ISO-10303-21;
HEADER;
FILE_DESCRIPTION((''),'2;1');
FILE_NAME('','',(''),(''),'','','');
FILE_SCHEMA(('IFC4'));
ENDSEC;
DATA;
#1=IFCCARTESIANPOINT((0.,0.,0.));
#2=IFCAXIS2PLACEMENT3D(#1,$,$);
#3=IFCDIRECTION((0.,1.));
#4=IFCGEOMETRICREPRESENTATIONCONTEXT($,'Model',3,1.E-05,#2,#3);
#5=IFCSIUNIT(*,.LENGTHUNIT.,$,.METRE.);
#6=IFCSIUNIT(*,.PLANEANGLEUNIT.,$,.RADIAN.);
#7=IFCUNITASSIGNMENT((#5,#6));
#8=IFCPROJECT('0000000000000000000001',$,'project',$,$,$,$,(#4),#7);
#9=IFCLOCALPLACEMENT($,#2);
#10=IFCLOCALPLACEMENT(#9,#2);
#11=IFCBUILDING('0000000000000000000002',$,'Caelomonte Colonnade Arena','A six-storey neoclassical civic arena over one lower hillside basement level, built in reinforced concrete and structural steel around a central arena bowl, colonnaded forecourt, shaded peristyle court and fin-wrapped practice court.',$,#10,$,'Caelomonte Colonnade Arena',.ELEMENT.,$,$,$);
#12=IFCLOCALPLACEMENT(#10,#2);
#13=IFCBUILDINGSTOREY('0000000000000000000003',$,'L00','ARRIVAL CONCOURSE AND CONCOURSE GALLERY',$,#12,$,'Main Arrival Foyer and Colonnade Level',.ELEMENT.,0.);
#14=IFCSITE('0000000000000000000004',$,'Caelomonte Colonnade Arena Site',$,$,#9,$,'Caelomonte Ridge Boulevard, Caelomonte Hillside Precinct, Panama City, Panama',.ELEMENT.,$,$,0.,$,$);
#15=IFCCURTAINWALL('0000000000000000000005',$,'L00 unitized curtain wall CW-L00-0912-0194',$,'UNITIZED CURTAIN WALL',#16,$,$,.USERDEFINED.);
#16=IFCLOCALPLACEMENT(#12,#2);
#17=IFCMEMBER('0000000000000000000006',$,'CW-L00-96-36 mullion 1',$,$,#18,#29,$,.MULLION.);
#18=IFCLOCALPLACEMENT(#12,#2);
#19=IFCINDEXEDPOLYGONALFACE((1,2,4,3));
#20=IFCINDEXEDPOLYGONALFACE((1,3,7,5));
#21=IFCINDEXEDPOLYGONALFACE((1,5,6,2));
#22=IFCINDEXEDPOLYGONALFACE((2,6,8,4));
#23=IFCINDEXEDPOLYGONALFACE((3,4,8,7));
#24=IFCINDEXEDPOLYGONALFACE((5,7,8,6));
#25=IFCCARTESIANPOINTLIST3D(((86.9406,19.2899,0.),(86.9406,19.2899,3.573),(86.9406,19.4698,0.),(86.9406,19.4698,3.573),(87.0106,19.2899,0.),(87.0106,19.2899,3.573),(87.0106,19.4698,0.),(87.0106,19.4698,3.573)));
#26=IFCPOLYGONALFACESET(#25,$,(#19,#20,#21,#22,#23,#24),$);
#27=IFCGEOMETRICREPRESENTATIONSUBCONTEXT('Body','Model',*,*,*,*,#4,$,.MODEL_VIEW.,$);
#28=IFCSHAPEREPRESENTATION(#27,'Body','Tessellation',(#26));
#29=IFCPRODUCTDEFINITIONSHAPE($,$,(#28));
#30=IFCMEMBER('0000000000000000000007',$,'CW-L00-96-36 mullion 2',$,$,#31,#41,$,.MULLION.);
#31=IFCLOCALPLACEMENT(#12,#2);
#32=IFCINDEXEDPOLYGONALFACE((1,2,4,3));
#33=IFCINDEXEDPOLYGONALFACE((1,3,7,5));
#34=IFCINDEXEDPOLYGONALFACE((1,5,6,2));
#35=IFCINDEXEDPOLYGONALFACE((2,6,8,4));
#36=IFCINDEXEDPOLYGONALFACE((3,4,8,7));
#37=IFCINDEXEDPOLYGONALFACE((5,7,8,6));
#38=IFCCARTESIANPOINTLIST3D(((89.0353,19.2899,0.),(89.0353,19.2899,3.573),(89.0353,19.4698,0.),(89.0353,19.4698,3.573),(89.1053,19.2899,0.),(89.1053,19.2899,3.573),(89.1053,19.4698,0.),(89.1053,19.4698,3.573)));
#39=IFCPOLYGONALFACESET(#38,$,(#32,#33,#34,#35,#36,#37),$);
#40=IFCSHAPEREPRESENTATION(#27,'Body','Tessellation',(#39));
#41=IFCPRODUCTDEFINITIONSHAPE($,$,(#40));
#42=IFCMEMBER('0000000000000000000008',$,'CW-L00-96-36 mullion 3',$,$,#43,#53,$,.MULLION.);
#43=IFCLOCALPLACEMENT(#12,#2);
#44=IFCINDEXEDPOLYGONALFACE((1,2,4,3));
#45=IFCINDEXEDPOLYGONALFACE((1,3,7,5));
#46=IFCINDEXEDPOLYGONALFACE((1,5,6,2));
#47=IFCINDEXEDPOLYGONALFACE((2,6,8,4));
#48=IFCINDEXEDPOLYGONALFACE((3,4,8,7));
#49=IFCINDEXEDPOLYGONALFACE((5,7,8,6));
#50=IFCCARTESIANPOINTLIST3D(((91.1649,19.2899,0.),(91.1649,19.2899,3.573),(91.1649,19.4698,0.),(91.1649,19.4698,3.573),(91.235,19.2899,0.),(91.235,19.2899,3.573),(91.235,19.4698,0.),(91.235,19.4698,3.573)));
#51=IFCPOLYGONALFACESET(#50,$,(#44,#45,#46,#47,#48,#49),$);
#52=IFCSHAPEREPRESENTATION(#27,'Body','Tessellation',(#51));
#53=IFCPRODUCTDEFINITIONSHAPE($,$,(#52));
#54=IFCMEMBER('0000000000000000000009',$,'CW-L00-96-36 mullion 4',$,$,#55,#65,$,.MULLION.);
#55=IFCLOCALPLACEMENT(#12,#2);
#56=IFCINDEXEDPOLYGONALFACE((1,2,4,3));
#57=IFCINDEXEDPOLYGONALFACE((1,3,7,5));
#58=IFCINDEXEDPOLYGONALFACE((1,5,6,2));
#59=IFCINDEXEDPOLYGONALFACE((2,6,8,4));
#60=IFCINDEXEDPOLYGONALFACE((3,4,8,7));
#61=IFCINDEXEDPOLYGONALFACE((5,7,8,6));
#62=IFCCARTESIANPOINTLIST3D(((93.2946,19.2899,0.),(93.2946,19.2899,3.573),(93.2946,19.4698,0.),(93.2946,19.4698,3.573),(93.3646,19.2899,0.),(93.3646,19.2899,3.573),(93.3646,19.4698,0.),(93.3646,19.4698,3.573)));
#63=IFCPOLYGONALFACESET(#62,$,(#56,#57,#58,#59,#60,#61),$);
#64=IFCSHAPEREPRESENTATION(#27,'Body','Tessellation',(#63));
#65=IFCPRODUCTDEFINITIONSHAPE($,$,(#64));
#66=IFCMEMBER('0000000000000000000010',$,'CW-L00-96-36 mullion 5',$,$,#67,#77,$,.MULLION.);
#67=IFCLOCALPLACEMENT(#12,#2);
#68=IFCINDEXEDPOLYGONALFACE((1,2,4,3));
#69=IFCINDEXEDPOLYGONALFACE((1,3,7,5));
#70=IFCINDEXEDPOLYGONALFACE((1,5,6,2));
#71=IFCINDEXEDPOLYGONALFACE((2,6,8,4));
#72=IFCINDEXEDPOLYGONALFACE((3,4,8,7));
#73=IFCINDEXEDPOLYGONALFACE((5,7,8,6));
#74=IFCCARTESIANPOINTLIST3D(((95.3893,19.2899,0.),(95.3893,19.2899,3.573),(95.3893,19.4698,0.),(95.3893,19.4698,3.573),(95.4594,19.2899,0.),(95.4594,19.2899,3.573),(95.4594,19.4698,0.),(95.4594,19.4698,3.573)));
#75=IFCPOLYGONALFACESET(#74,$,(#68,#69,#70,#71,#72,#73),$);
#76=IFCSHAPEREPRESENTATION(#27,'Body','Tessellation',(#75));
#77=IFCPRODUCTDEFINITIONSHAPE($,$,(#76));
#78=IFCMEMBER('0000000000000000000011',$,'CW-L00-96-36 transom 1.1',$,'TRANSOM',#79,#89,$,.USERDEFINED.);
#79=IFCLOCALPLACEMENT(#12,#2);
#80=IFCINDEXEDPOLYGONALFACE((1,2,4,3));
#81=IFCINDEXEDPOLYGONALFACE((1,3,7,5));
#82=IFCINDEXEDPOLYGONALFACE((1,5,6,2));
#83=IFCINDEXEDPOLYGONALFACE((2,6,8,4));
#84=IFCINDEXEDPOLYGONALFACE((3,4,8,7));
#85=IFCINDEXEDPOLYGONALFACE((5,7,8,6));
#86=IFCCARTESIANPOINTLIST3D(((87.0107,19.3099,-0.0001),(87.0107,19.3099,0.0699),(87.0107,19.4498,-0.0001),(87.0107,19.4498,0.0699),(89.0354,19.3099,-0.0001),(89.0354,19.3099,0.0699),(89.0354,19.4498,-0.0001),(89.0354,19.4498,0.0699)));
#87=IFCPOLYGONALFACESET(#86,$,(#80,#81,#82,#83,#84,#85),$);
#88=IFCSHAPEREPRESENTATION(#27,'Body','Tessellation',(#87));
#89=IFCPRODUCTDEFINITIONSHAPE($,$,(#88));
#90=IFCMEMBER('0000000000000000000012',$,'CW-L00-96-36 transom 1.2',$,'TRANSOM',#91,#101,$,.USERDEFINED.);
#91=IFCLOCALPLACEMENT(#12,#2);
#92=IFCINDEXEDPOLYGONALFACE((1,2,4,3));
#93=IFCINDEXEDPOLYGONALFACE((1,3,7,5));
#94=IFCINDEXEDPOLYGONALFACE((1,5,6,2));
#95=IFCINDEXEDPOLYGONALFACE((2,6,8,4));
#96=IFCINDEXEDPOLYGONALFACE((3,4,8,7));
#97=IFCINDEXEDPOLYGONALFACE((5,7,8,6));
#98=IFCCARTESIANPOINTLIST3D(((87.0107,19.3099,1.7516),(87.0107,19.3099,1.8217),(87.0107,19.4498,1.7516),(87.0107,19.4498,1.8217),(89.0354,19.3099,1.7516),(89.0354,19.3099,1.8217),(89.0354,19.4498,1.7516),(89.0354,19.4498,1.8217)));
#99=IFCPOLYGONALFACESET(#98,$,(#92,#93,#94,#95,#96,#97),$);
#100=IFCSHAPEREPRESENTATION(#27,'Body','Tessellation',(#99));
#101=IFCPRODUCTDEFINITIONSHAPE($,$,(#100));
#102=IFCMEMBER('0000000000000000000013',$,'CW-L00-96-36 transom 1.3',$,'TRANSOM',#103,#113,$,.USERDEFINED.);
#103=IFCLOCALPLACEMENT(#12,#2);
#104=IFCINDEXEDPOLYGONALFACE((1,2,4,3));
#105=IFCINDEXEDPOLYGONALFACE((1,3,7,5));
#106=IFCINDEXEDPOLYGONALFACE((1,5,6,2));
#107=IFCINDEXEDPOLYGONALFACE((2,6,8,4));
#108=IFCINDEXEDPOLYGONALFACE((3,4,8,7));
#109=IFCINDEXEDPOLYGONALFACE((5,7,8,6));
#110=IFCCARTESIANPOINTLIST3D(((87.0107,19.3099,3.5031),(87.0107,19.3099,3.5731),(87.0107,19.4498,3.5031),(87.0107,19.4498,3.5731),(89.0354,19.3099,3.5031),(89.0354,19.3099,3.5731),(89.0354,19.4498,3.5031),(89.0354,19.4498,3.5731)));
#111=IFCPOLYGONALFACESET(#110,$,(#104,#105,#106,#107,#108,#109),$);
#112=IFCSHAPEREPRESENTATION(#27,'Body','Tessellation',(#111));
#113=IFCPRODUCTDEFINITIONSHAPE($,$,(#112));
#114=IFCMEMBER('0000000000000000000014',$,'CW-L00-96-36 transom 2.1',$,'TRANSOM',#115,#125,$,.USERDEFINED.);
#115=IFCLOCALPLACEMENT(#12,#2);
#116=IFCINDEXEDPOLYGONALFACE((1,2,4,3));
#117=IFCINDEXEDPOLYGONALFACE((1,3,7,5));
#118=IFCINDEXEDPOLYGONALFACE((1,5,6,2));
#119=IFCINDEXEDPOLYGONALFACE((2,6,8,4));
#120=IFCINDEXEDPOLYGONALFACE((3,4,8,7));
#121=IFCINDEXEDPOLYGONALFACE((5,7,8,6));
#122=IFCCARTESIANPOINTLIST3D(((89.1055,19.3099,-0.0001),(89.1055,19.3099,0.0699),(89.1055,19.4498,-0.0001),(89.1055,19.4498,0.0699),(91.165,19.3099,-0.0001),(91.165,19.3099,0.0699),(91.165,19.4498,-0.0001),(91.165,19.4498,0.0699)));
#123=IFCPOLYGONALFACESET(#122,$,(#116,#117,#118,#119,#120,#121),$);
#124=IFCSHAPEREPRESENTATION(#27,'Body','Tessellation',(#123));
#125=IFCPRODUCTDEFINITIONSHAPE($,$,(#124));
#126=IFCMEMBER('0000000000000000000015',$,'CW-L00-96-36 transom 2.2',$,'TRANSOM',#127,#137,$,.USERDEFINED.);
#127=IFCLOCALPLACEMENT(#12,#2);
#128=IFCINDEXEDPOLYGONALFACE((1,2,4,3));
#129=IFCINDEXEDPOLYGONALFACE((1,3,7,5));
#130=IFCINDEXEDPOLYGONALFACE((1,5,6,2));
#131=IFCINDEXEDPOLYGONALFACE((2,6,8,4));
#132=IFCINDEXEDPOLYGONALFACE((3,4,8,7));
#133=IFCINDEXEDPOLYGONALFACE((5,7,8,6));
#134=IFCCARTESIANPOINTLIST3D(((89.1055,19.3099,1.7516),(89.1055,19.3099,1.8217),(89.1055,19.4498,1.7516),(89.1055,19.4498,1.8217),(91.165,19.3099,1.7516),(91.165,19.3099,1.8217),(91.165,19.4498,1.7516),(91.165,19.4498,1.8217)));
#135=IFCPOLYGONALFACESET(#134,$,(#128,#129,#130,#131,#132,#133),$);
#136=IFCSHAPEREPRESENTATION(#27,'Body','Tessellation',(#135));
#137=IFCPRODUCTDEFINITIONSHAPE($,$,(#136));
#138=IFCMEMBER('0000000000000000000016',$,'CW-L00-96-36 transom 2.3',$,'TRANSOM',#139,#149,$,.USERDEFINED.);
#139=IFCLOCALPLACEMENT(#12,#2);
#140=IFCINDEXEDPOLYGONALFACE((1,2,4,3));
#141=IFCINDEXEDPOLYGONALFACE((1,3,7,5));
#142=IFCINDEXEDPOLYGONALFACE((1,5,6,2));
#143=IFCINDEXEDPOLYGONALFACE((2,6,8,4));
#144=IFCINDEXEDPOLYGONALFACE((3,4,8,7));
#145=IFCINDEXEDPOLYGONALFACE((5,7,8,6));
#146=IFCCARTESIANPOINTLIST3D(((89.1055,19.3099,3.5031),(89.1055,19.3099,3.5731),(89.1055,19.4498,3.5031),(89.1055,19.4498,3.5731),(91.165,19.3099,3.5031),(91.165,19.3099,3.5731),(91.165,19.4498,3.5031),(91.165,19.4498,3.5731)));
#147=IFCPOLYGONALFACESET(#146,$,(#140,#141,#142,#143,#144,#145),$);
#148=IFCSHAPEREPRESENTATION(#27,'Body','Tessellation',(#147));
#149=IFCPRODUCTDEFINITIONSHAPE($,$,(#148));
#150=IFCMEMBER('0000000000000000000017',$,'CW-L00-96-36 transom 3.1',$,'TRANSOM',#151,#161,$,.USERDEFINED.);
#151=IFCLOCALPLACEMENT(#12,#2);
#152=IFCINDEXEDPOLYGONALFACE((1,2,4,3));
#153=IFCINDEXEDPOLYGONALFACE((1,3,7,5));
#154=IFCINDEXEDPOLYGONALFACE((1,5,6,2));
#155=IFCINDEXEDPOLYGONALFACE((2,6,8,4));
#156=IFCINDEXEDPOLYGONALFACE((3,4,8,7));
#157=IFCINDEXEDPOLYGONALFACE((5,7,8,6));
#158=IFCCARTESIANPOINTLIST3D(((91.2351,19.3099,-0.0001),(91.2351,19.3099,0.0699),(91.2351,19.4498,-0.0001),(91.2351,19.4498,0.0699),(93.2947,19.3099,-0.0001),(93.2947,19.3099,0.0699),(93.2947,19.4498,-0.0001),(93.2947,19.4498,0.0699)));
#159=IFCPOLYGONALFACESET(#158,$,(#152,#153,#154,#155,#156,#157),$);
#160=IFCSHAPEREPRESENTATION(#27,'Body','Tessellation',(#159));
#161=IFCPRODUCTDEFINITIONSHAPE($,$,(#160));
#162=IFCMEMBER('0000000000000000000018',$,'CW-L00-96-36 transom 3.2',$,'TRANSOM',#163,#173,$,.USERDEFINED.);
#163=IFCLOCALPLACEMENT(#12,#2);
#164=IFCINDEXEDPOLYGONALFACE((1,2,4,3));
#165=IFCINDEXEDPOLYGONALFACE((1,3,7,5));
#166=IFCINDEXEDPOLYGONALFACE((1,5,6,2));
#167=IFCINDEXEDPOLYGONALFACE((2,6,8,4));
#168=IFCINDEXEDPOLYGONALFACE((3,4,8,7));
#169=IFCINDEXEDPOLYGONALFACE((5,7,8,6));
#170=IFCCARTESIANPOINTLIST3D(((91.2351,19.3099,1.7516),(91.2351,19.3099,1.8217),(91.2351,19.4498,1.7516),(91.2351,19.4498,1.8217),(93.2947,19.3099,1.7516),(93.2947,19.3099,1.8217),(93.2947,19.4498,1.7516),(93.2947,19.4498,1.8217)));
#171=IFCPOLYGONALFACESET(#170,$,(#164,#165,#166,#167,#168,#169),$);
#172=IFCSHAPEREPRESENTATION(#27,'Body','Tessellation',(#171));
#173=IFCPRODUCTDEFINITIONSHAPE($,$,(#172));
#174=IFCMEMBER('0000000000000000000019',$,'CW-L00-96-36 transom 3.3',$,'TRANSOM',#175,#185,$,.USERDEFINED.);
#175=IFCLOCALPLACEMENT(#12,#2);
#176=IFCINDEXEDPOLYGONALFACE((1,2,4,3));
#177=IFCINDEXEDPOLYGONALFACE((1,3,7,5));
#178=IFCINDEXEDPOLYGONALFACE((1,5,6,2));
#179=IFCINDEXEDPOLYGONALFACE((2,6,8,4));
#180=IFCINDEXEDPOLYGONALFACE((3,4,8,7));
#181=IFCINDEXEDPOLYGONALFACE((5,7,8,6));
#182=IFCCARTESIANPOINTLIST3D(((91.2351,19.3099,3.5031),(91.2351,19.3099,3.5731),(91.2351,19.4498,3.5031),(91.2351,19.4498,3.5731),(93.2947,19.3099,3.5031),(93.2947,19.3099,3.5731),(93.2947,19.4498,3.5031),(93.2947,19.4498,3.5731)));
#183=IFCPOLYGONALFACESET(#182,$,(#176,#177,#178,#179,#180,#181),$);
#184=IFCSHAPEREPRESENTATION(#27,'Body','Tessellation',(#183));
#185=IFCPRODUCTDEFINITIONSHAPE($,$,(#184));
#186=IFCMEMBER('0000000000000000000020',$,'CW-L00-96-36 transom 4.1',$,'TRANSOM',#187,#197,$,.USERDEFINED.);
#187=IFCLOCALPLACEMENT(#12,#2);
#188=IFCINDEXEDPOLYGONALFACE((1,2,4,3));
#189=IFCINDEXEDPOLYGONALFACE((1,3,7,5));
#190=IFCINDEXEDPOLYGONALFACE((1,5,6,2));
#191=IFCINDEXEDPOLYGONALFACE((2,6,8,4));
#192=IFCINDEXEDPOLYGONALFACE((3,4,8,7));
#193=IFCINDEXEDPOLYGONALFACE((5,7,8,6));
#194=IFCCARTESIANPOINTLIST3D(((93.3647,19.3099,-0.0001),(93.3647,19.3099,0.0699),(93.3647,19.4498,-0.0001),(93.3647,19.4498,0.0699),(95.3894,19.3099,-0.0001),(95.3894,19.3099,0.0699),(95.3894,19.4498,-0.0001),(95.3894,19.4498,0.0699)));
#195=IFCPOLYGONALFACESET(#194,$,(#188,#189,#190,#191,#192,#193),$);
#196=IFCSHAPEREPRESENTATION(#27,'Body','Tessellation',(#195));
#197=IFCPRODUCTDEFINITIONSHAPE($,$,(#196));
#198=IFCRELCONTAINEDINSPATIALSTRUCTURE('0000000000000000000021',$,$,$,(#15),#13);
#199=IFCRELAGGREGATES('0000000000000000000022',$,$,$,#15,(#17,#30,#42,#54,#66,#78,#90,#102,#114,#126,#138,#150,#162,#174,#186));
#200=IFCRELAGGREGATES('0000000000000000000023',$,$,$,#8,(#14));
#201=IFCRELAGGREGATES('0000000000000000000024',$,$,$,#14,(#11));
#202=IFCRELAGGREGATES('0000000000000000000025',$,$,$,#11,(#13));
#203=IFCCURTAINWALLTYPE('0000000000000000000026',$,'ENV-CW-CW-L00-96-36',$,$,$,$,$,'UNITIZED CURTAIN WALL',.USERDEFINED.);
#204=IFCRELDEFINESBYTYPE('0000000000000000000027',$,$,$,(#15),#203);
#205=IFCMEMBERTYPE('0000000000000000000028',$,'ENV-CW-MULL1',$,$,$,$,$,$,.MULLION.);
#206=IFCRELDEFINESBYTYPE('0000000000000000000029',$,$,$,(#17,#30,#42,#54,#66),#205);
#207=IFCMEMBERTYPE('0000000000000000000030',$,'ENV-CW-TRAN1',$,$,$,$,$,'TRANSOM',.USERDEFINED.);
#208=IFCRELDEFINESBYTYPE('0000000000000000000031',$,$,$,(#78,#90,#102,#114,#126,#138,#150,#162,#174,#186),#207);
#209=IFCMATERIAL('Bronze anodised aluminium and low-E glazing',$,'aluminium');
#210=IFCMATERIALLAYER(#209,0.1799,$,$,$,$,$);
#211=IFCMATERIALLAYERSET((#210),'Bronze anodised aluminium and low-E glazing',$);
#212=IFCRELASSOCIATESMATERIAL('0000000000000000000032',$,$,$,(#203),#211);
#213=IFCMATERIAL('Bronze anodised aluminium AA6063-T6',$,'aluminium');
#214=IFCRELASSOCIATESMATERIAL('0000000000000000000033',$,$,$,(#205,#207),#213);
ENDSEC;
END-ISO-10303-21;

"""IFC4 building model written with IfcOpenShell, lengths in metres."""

from ifc_helpers import new_model, si_unit, direction, frame, origin, origin_2d, place, context, subcontext, project, spatial, rectangle, extrude, material, layer, layer_set, material_profile, profile_set, type_object, element, aggregate, save


model = new_model("IFC4")

# Units and contexts
model_context = context("Model", 3, precision=1e-05, world=origin(), true_north=direction((0.0, 1.0)))
body_context = subcontext(model_context, "Body", "Model", "MODEL_VIEW")
ifc_project = project(units=[si_unit("LENGTHUNIT", "METRE"), si_unit("PLANEANGLEUNIT", "RADIAN")], contexts=[model_context])

# Site, building, storey
site_placement = place(None, origin())
site = spatial("IfcSite", under=ifc_project, at=site_placement, Name="Caelomonte Colonnade Arena Site", LongName="Caelomonte Ridge Boulevard, Caelomonte Hillside Precinct, Panama City, Panama", CompositionType="ELEMENT", RefElevation=0.0)
building_placement = place(site_placement, origin())
building = spatial("IfcBuilding", under=site, at=building_placement, Name="Caelomonte Colonnade Arena", Description="A six-storey neoclassical civic arena over one lower hillside basement level, built in reinforced concrete and structural steel around a central arena bowl, colonnaded forecourt, shaded peristyle court and fin-wrapped practice court.", LongName="Caelomonte Colonnade Arena", CompositionType="ELEMENT")
storey_placement = place(building_placement, origin())
storey = spatial("IfcBuildingStorey", under=building, at=storey_placement, Name="L00", Description="ARRIVAL CONCOURSE AND CONCOURSE GALLERY", LongName="Main Arrival Foyer and Colonnade Level", CompositionType="ELEMENT", Elevation=0.0)

# Curtain wall, members
ifc_material_1 = material(Name="Bronze anodised aluminium and low-E glazing", Category="aluminium")
ifc_layer_1 = layer(ifc_material_1, 0.1799)
ifc_layer_set_1 = layer_set([ifc_layer_1], Name="Bronze anodised aluminium and low-E glazing")
curtain_wall_type = type_object("IfcCurtainWallType", Name="ENV-CW-CW-L00-96-36", ElementType="UNITIZED CURTAIN WALL", PredefinedType="USERDEFINED", material=ifc_layer_set_1)
curtain_wall_placement = place(storey_placement, origin())
curtain_wall = element("IfcCurtainWall", 1, at=curtain_wall_placement, inside=storey, type_object=curtain_wall_type, Name="L00 unitized curtain wall CW-L00-0912-0194", ObjectType="UNITIZED CURTAIN WALL", PredefinedType="USERDEFINED")
ifc_material_2 = material(Name="Bronze anodised aluminium AA6063-T6", Category="aluminium")
ifc_material_profile_1 = material_profile(ifc_material_2, rectangle(XDim=0.0701, YDim=0.1799, at=origin_2d()), Name="CWM-70X180")
ifc_profile_set_1 = profile_set([ifc_material_profile_1], Name="Bronze anodised aluminium AA6063-T6")
member_type_1 = type_object("IfcMemberType", Name="ENV-CW-MULL1", PredefinedType="MULLION", material=ifc_profile_set_1)
member_1_placement = place(storey_placement, frame((86.9756, 19.3799, 0.0), z_axis=(0.0, 0.0, 1.0), x_axis=(1.0, 0.0, 0.0)))
member_1 = element("IfcMember", 2, at=member_1_placement, type_object=member_type_1, Name="CW-L00-96-36 mullion 1", PredefinedType="MULLION", context=body_context, shape_type="SweptSolid", body=[
    extrude(rectangle(XDim=0.0701, YDim=0.1799, at=origin_2d()), origin(), (0.0, 0.0, 1.0), 3.573),
])
member_2_placement = place(storey_placement, frame((89.0703, 19.3799, 0.0), z_axis=(0.0, 0.0, 1.0), x_axis=(1.0, 0.0, 0.0)))
member_2 = element("IfcMember", 3, at=member_2_placement, type_object=member_type_1, Name="CW-L00-96-36 mullion 2", PredefinedType="MULLION", context=body_context, shape_type="SweptSolid", body=[
    extrude(rectangle(XDim=0.0701, YDim=0.1799, at=origin_2d()), origin(), (0.0, 0.0, 1.0), 3.573),
])
member_3_placement = place(storey_placement, frame((91.2, 19.3799, 0.0), z_axis=(0.0, 0.0, 1.0), x_axis=(1.0, 0.0, 0.0)))
member_3 = element("IfcMember", 4, at=member_3_placement, type_object=member_type_1, Name="CW-L00-96-36 mullion 3", PredefinedType="MULLION", context=body_context, shape_type="SweptSolid", body=[
    extrude(rectangle(XDim=0.0701, YDim=0.1799, at=origin_2d()), origin(), (0.0, 0.0, 1.0), 3.573),
])
member_4_placement = place(storey_placement, frame((93.3296, 19.3799, 0.0), z_axis=(0.0, 0.0, 1.0), x_axis=(1.0, 0.0, 0.0)))
member_4 = element("IfcMember", 5, at=member_4_placement, type_object=member_type_1, Name="CW-L00-96-36 mullion 4", PredefinedType="MULLION", context=body_context, shape_type="SweptSolid", body=[
    extrude(rectangle(XDim=0.0701, YDim=0.1799, at=origin_2d()), origin(), (0.0, 0.0, 1.0), 3.573),
])
member_5_placement = place(storey_placement, frame((95.4243, 19.3799, 0.0), z_axis=(0.0, 0.0, 1.0), x_axis=(1.0, 0.0, 0.0)))
member_5 = element("IfcMember", 6, at=member_5_placement, type_object=member_type_1, Name="CW-L00-96-36 mullion 5", PredefinedType="MULLION", context=body_context, shape_type="SweptSolid", body=[
    extrude(rectangle(XDim=0.0701, YDim=0.1799, at=origin_2d()), origin(), (0.0, 0.0, 1.0), 3.573),
])
ifc_material_profile_2 = material_profile(ifc_material_2, rectangle(XDim=0.0701, YDim=0.1399, at=origin_2d()), Name="CWT-70X140")
ifc_profile_set_2 = profile_set([ifc_material_profile_2], Name="Bronze anodised aluminium AA6063-T6")
member_type_2 = type_object("IfcMemberType", Name="ENV-CW-TRAN1", ElementType="TRANSOM", PredefinedType="USERDEFINED", material=ifc_profile_set_2)
member_6_placement = place(storey_placement, frame((87.0107, 19.3799, 0.0349), z_axis=(1.0, 0.0, 0.0), x_axis=(0.0, 0.0, 1.0)))
member_6 = element("IfcMember", 7, at=member_6_placement, type_object=member_type_2, Name="CW-L00-96-36 transom 1.1", ObjectType="TRANSOM", PredefinedType="USERDEFINED", context=body_context, shape_type="SweptSolid", body=[
    extrude(rectangle(XDim=0.0701, YDim=0.1399, at=origin_2d()), origin(), (0.0, 0.0, 1.0), 2.0247),
])
member_7_placement = place(storey_placement, frame((87.0107, 19.3799, 1.7866), z_axis=(1.0, 0.0, 0.0), x_axis=(0.0, 0.0, 1.0)))
member_7 = element("IfcMember", 8, at=member_7_placement, type_object=member_type_2, Name="CW-L00-96-36 transom 1.2", ObjectType="TRANSOM", PredefinedType="USERDEFINED", context=body_context, shape_type="SweptSolid", body=[
    extrude(rectangle(XDim=0.0701, YDim=0.1399, at=origin_2d()), origin(), (0.0, 0.0, 1.0), 2.0247),
])
member_8_placement = place(storey_placement, frame((87.0107, 19.3799, 3.5381), z_axis=(1.0, 0.0, 0.0), x_axis=(0.0, 0.0, 1.0)))
member_8 = element("IfcMember", 9, at=member_8_placement, type_object=member_type_2, Name="CW-L00-96-36 transom 1.3", ObjectType="TRANSOM", PredefinedType="USERDEFINED", context=body_context, shape_type="SweptSolid", body=[
    extrude(rectangle(XDim=0.0701, YDim=0.1399, at=origin_2d()), origin(), (0.0, 0.0, 1.0), 2.0247),
])
member_9_placement = place(storey_placement, frame((89.1055, 19.3799, 0.0349), z_axis=(1.0, 0.0, 0.0), x_axis=(0.0, 0.0, 1.0)))
member_9 = element("IfcMember", 10, at=member_9_placement, type_object=member_type_2, Name="CW-L00-96-36 transom 2.1", ObjectType="TRANSOM", PredefinedType="USERDEFINED", context=body_context, shape_type="SweptSolid", body=[
    extrude(rectangle(XDim=0.0701, YDim=0.1399, at=origin_2d()), origin(), (0.0, 0.0, 1.0), 2.0596),
])
member_10_placement = place(storey_placement, frame((89.1055, 19.3799, 1.7866), z_axis=(1.0, 0.0, 0.0), x_axis=(0.0, 0.0, 1.0)))
member_10 = element("IfcMember", 11, at=member_10_placement, type_object=member_type_2, Name="CW-L00-96-36 transom 2.2", ObjectType="TRANSOM", PredefinedType="USERDEFINED", context=body_context, shape_type="SweptSolid", body=[
    extrude(rectangle(XDim=0.0701, YDim=0.1399, at=origin_2d()), origin(), (0.0, 0.0, 1.0), 2.0596),
])
member_11_placement = place(storey_placement, frame((89.1055, 19.3799, 3.5381), z_axis=(1.0, 0.0, 0.0), x_axis=(0.0, 0.0, 1.0)))
member_11 = element("IfcMember", 12, at=member_11_placement, type_object=member_type_2, Name="CW-L00-96-36 transom 2.3", ObjectType="TRANSOM", PredefinedType="USERDEFINED", context=body_context, shape_type="SweptSolid", body=[
    extrude(rectangle(XDim=0.0701, YDim=0.1399, at=origin_2d()), origin(), (0.0, 0.0, 1.0), 2.0596),
])
member_12_placement = place(storey_placement, frame((91.2351, 19.3799, 0.0349), z_axis=(1.0, 0.0, 0.0), x_axis=(0.0, 0.0, 1.0)))
member_12 = element("IfcMember", 13, at=member_12_placement, type_object=member_type_2, Name="CW-L00-96-36 transom 3.1", ObjectType="TRANSOM", PredefinedType="USERDEFINED", context=body_context, shape_type="SweptSolid", body=[
    extrude(rectangle(XDim=0.0701, YDim=0.1399, at=origin_2d()), origin(), (0.0, 0.0, 1.0), 2.0596),
])
member_13_placement = place(storey_placement, frame((91.2351, 19.3799, 1.7866), z_axis=(1.0, 0.0, 0.0), x_axis=(0.0, 0.0, 1.0)))
member_13 = element("IfcMember", 14, at=member_13_placement, type_object=member_type_2, Name="CW-L00-96-36 transom 3.2", ObjectType="TRANSOM", PredefinedType="USERDEFINED", context=body_context, shape_type="SweptSolid", body=[
    extrude(rectangle(XDim=0.0701, YDim=0.1399, at=origin_2d()), origin(), (0.0, 0.0, 1.0), 2.0596),
])
member_14_placement = place(storey_placement, frame((91.2351, 19.3799, 3.5381), z_axis=(1.0, 0.0, 0.0), x_axis=(0.0, 0.0, 1.0)))
member_14 = element("IfcMember", 15, at=member_14_placement, type_object=member_type_2, Name="CW-L00-96-36 transom 3.3", ObjectType="TRANSOM", PredefinedType="USERDEFINED", context=body_context, shape_type="SweptSolid", body=[
    extrude(rectangle(XDim=0.0701, YDim=0.1399, at=origin_2d()), origin(), (0.0, 0.0, 1.0), 2.0596),
])
member_15_placement = place(storey_placement, frame((93.3647, 19.3799, 0.0349), z_axis=(1.0, 0.0, 0.0), x_axis=(0.0, 0.0, 1.0)))
member_15 = element("IfcMember", 16, at=member_15_placement, type_object=member_type_2, Name="CW-L00-96-36 transom 4.1", ObjectType="TRANSOM", PredefinedType="USERDEFINED", context=body_context, shape_type="SweptSolid", body=[
    extrude(rectangle(XDim=0.0701, YDim=0.1399, at=origin_2d()), origin(), (0.0, 0.0, 1.0), 2.0247),
])

aggregate(curtain_wall, [member_1, member_2, member_3, member_4, member_5, member_6, member_7, member_8, member_9, member_10, member_11, member_12, member_13, member_14, member_15])

save(model, "model.ifc")
